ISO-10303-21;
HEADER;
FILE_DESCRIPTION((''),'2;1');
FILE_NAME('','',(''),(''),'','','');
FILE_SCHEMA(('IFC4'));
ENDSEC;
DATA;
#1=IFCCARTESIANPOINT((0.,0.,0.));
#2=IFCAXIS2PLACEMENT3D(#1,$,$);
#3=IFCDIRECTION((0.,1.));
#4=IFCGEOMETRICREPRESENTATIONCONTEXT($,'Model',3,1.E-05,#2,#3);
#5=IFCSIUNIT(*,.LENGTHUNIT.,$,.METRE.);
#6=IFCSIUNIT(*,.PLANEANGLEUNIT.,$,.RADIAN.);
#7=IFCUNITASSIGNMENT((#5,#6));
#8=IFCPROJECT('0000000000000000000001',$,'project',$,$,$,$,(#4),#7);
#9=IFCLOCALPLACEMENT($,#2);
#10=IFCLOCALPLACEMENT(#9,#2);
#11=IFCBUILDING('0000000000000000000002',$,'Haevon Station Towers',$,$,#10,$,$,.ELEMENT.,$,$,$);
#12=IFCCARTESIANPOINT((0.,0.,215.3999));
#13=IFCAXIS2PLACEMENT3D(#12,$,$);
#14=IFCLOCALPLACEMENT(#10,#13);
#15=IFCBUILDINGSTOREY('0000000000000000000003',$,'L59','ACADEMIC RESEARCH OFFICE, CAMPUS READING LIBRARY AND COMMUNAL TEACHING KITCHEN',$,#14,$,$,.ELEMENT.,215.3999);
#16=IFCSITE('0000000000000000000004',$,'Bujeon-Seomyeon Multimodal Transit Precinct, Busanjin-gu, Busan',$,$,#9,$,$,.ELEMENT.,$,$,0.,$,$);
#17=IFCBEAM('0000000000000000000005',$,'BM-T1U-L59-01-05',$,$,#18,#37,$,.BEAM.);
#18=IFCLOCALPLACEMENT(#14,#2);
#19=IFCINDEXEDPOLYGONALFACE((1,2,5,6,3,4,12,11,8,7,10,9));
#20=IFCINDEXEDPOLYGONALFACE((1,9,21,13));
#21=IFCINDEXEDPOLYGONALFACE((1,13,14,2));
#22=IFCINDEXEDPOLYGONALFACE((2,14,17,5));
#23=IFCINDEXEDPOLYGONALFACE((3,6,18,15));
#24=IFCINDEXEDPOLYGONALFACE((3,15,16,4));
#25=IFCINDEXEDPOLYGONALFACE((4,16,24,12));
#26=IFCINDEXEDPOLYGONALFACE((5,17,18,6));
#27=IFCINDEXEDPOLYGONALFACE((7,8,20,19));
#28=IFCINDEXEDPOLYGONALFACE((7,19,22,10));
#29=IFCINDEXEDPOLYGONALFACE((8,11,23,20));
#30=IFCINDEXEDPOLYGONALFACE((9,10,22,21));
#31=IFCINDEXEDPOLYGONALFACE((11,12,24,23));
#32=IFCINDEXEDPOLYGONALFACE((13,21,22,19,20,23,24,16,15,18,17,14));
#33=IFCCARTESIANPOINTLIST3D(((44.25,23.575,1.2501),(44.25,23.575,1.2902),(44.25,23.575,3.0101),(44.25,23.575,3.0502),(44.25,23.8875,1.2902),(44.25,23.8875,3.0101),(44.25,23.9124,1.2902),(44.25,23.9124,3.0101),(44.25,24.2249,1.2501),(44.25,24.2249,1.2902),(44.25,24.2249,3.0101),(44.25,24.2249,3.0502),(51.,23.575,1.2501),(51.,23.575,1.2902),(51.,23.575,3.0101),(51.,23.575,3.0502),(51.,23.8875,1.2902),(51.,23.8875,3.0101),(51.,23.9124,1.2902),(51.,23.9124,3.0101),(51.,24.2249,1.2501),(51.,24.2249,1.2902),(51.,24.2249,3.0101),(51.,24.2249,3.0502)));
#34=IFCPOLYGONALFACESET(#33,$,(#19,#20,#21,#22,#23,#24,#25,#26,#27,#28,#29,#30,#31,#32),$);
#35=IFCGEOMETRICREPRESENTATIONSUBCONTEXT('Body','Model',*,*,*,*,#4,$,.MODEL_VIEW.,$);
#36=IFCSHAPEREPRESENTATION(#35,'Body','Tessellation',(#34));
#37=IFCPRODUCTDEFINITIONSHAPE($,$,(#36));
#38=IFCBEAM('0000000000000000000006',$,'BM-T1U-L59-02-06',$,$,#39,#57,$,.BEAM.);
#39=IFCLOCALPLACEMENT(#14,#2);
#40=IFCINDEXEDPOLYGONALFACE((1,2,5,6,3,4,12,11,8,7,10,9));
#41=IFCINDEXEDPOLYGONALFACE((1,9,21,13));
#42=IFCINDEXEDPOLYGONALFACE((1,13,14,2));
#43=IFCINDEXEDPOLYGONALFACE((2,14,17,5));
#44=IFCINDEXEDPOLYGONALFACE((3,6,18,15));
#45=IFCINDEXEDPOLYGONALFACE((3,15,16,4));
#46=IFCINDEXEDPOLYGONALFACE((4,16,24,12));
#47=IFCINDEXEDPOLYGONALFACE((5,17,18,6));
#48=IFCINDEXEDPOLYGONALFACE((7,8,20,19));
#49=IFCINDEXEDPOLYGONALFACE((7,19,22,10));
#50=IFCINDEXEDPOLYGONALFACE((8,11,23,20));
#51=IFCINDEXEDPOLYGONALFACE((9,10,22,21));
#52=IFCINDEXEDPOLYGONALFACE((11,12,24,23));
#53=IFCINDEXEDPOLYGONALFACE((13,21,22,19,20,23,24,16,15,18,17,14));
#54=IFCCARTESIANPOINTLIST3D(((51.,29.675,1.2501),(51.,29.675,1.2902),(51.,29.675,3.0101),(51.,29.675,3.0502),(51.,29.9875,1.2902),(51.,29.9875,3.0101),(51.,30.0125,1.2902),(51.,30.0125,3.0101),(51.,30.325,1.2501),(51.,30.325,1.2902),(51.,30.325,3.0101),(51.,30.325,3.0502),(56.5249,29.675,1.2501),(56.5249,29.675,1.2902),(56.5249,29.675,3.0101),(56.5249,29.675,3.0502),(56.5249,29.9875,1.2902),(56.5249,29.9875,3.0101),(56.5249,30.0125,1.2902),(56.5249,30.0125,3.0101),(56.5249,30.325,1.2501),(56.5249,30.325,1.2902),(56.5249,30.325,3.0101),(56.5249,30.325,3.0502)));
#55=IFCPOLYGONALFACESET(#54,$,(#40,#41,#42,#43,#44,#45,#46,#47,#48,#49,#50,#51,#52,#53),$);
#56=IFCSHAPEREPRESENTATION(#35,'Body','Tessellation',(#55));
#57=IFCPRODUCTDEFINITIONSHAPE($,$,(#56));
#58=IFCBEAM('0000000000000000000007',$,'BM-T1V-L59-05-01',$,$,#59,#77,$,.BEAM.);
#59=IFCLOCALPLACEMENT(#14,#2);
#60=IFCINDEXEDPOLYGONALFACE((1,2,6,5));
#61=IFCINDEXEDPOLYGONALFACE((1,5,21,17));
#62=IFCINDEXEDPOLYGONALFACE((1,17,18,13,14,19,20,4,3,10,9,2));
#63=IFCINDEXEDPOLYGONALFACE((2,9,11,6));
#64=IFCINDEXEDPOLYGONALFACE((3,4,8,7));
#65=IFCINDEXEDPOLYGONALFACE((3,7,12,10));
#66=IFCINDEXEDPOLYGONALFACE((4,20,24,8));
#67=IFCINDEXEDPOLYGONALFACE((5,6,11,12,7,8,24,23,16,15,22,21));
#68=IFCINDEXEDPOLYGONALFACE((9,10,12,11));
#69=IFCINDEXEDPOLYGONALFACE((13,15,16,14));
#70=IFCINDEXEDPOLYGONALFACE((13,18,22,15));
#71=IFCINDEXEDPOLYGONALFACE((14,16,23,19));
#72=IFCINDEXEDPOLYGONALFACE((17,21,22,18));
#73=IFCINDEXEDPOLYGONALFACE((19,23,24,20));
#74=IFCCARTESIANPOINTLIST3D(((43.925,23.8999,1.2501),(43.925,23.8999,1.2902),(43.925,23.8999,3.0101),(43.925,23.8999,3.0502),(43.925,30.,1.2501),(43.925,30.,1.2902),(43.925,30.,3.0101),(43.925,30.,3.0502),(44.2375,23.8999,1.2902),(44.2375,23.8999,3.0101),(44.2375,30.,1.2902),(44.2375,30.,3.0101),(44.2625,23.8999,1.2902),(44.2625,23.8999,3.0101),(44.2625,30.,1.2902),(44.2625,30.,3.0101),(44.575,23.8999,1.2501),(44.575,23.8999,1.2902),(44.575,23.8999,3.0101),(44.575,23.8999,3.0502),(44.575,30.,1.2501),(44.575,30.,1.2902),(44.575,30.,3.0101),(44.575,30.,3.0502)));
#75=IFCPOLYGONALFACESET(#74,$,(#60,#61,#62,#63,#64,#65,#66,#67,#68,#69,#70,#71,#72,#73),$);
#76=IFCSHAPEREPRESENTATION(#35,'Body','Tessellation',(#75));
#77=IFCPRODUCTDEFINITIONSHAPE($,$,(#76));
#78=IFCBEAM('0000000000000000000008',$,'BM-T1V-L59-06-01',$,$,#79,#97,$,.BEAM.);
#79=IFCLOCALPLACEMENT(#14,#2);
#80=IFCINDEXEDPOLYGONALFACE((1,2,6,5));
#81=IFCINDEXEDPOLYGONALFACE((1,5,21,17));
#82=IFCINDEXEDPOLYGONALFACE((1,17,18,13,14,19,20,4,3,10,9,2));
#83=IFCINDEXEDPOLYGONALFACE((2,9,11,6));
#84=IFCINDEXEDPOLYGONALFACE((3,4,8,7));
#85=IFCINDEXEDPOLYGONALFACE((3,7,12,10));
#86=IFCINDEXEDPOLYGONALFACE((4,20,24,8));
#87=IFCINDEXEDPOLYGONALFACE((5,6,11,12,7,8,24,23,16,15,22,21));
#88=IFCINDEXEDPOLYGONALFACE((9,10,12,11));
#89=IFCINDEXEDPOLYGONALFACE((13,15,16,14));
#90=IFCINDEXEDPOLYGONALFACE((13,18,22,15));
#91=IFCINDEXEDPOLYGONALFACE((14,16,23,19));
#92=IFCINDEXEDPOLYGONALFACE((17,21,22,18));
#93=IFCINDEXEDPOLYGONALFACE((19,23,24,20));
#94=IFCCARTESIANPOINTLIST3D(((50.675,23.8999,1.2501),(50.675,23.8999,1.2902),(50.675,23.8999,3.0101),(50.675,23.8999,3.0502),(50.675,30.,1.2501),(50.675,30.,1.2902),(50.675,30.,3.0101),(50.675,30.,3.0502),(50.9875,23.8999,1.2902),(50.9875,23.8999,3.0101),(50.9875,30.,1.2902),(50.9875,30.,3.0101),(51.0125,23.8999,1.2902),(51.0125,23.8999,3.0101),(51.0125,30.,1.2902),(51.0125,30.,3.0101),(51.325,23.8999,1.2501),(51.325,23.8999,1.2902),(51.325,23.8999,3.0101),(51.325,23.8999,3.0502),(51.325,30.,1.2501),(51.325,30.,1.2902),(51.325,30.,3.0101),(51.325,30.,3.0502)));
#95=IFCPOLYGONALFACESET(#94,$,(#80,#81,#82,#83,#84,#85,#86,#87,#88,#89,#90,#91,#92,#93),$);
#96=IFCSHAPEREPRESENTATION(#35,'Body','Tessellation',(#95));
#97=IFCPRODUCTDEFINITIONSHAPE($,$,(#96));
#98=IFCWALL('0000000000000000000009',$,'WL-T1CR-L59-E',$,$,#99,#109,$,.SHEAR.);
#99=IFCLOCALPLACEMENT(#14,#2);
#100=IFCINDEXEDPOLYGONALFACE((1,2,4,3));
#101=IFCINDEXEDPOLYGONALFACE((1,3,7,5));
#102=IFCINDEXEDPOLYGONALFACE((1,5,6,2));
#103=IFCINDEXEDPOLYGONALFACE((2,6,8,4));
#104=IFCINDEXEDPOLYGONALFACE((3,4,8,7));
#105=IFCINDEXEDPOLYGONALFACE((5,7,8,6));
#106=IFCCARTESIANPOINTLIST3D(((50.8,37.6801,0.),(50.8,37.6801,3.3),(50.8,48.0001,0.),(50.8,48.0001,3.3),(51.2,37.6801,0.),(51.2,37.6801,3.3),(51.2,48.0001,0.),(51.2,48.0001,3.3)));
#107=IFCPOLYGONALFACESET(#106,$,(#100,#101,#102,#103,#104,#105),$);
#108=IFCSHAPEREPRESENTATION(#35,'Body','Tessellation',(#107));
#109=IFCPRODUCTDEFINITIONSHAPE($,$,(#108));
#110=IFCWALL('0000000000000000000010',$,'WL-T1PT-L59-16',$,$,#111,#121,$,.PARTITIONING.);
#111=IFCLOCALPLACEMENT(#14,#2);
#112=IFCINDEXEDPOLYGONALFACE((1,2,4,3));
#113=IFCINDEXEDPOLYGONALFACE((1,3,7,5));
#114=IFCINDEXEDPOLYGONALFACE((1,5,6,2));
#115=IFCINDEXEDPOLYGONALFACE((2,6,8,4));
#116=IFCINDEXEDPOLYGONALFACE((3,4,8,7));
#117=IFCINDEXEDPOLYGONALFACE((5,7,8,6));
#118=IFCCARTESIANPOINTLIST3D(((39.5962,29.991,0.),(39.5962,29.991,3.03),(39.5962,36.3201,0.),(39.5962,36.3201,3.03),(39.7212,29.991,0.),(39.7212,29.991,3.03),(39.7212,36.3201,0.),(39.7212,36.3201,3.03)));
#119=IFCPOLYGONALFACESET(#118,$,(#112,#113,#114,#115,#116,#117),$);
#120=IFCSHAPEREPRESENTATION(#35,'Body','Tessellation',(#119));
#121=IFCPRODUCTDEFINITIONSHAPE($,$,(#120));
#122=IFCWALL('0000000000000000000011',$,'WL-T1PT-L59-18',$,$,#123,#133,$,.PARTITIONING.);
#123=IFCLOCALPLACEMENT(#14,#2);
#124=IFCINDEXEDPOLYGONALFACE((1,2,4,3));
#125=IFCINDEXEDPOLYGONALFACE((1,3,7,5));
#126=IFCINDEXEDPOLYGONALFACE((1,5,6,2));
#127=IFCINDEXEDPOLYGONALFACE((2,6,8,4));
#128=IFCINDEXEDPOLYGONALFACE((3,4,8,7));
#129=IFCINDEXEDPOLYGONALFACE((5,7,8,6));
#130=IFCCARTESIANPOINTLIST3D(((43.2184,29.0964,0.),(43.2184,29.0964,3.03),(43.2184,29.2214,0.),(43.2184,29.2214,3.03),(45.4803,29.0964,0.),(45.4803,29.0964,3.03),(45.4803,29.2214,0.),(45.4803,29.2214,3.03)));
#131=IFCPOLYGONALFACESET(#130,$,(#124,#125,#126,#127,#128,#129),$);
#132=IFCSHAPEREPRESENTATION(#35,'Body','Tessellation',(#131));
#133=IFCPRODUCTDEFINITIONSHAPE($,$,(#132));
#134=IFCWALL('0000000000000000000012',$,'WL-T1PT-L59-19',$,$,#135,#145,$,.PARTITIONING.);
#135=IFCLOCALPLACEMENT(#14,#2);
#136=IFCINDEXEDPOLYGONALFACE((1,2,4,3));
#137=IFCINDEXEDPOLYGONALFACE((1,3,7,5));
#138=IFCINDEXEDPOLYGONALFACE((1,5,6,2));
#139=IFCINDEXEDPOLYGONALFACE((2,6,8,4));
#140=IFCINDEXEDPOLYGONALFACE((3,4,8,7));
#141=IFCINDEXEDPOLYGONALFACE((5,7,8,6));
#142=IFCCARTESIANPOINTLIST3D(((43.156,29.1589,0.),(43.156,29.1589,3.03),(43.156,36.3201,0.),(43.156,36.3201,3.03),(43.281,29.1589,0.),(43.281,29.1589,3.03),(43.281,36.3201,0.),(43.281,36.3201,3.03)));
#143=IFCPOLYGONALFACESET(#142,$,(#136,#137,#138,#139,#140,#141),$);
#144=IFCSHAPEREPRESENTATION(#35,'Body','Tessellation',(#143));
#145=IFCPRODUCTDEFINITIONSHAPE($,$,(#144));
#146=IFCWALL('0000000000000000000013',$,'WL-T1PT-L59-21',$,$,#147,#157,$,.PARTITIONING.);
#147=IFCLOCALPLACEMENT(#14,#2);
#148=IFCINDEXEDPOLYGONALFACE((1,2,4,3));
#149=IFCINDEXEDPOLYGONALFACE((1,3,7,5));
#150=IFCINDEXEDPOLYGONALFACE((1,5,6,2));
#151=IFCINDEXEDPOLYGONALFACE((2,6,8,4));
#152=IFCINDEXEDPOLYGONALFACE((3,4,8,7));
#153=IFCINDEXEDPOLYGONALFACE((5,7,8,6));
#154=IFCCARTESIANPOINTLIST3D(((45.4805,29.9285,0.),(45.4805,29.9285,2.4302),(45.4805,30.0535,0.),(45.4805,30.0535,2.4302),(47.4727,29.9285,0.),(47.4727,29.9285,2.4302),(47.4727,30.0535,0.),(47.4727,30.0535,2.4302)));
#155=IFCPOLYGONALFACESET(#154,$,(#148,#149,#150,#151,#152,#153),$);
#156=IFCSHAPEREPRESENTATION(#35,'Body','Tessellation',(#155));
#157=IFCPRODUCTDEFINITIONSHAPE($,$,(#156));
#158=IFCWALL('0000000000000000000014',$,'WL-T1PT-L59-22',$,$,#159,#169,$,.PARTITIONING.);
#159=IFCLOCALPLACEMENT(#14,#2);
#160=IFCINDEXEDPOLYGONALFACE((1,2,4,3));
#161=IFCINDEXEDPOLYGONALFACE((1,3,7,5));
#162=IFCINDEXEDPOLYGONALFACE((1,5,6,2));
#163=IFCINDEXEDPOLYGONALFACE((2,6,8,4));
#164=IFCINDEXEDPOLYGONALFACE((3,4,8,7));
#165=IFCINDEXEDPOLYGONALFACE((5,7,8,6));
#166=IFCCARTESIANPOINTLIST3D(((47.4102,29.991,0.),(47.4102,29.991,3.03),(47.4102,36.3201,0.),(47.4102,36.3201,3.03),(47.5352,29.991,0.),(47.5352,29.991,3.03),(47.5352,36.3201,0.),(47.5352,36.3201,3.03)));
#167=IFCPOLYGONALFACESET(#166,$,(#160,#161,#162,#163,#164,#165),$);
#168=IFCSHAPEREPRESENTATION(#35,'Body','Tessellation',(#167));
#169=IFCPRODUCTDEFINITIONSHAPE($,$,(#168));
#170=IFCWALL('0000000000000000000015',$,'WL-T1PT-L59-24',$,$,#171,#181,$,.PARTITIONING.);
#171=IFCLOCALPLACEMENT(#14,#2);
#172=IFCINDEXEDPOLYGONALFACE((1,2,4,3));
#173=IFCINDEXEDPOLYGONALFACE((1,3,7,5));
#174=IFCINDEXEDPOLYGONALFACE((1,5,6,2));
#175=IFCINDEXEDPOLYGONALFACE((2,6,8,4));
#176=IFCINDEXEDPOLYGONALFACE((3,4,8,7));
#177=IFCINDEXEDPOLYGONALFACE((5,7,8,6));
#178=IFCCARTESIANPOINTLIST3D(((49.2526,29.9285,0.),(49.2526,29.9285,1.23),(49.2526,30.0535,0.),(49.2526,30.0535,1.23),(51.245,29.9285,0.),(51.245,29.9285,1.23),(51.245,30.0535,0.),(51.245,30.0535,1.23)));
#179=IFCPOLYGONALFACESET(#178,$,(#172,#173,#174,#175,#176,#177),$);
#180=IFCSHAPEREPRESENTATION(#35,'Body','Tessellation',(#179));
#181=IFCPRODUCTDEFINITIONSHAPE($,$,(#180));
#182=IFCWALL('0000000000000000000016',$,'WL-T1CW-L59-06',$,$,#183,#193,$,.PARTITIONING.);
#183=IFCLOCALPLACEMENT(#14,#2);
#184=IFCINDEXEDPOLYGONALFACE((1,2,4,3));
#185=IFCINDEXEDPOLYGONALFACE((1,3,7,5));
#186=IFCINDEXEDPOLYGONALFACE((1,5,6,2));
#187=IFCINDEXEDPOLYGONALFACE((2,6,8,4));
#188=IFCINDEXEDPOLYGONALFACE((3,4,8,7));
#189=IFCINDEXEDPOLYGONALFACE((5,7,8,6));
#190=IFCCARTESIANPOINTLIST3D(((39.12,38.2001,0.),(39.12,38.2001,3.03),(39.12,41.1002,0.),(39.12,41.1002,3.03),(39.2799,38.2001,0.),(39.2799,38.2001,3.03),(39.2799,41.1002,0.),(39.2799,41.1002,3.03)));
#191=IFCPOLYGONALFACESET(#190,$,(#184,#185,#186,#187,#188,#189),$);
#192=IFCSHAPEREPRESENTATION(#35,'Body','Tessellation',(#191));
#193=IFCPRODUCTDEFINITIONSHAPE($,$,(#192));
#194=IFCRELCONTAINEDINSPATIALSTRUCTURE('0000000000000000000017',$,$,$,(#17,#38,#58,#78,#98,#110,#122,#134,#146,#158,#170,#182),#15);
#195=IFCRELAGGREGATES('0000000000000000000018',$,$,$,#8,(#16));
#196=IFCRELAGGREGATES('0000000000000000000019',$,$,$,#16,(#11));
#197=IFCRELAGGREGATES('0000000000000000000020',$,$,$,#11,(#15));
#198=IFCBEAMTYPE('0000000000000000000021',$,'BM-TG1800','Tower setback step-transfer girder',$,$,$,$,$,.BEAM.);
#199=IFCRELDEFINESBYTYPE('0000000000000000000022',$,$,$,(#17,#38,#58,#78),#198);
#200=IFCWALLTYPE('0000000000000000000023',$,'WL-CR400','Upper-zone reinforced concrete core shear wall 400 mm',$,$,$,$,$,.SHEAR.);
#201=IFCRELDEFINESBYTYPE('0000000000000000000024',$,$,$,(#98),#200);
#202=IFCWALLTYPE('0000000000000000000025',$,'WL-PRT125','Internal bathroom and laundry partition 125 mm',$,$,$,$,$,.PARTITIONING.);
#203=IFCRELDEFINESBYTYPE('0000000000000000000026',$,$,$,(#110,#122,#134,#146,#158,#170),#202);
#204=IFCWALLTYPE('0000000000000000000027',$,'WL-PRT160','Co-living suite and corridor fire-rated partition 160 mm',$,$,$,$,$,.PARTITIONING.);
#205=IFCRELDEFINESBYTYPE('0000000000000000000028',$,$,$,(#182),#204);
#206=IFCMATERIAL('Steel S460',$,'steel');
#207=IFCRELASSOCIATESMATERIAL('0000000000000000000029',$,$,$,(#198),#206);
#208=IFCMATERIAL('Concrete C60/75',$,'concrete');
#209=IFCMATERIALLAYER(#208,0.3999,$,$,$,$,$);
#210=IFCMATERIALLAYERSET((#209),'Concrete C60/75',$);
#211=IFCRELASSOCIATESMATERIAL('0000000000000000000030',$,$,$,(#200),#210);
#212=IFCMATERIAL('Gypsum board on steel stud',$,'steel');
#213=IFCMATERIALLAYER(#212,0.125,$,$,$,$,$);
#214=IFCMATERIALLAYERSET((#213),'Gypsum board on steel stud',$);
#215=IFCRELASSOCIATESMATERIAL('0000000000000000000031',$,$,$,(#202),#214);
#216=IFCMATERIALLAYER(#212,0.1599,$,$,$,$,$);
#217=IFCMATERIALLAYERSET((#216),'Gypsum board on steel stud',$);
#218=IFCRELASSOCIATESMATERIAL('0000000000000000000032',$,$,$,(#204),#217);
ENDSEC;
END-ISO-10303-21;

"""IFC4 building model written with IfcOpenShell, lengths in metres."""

from ifc_helpers import new_model, si_unit, direction, frame, frame_2d, origin, origin_2d, place, context, subcontext, project, spatial, rectangle, i_section, extrude, material, layer, layer_set, material_profile, profile_set, type_object, element, save


model = new_model("IFC4")

# Units and contexts
model_context = context("Model", 3, precision=1e-05, world=origin(), true_north=direction((0.0, 1.0)))
body_context = subcontext(model_context, "Body", "Model", "MODEL_VIEW")
ifc_project = project(units=[si_unit("LENGTHUNIT", "METRE"), si_unit("PLANEANGLEUNIT", "RADIAN")], contexts=[model_context])

# Site, building, storey
site_placement = place(None, origin())
site = spatial("IfcSite", under=ifc_project, at=site_placement, Name="Bujeon-Seomyeon Multimodal Transit Precinct, Busanjin-gu, Busan", CompositionType="ELEMENT", RefElevation=0.0)
building_placement = place(site_placement, origin())
building = spatial("IfcBuilding", under=site, at=building_placement, Name="Haevon Station Towers", CompositionType="ELEMENT")
storey_placement = place(building_placement, frame((0.0, 0.0, 215.3999)))
storey = spatial("IfcBuildingStorey", under=building, at=storey_placement, Name="L59", Description="ACADEMIC RESEARCH OFFICE, CAMPUS READING LIBRARY AND COMMUNAL TEACHING KITCHEN", CompositionType="ELEMENT", Elevation=215.3999)

# Beams
ifc_material_1 = material(Name="Steel S460", Category="steel")
ifc_material_profile_1 = material_profile(ifc_material_1, i_section(OverallWidth=0.6499, OverallDepth=1.8, WebThickness=0.0249, FlangeThickness=0.04, at=origin_2d()), Name="H-1800x650x25x40")
ifc_profile_set_1 = profile_set([ifc_material_profile_1], Name="Steel S460")
beam_type_1 = type_object("IfcBeamType", Name="BM-TG1800", Description="Tower setback step-transfer girder", PredefinedType="BEAM", material=ifc_profile_set_1)
beam_1_placement = place(storey_placement, frame((44.25, 23.8999, 2.1501), z_axis=(1.0, 0.0, 0.0), x_axis=(0.0, 1.0, 0.0)))
element("IfcBeam", 1, at=beam_1_placement, inside=storey, type_object=beam_type_1, Name="BM-T1U-L59-01-05", PredefinedType="BEAM", context=body_context, shape_type="SweptSolid", body=[
    extrude(i_section(OverallWidth=0.6499, OverallDepth=1.8, WebThickness=0.0249, FlangeThickness=0.04, at=origin_2d()), origin(), (0.0, 0.0, 1.0), 6.75),
])
beam_2_placement = place(storey_placement, frame((51.0, 30.0, 2.1501), z_axis=(1.0, 0.0, 0.0), x_axis=(0.0, 1.0, 0.0)))
element("IfcBeam", 2, at=beam_2_placement, inside=storey, type_object=beam_type_1, Name="BM-T1U-L59-02-06", PredefinedType="BEAM", context=body_context, shape_type="SweptSolid", body=[
    extrude(i_section(OverallWidth=0.6499, OverallDepth=1.8, WebThickness=0.0249, FlangeThickness=0.04, at=origin_2d()), origin(), (0.0, 0.0, 1.0), 5.5249),
])
for number, where, z_axis, x_axis, name in (
    (3, (44.25, 23.8999, 2.1501), (0.0, 1.0, 0.0), (-1.0, 0.0, 0.0), "BM-T1V-L59-05-01"),
    (4, (51.0, 23.8999, 2.1501), (0.0, 1.0, 0.0), (-1.0, 0.0, 0.0), "BM-T1V-L59-06-01"),
):
    element("IfcBeam", number, at=place(storey_placement, frame(where, z_axis=z_axis, x_axis=x_axis)), inside=storey, type_object=beam_type_1, Name=name, PredefinedType="BEAM", context=body_context, shape_type="SweptSolid", body=[
        extrude(i_section(OverallWidth=0.6499, OverallDepth=1.8, WebThickness=0.0249, FlangeThickness=0.04, at=origin_2d()), origin(), (0.0, 0.0, 1.0), 6.1001),
    ])

# Walls
ifc_material_2 = material(Name="Concrete C60/75", Category="concrete")
ifc_layer_1 = layer(ifc_material_2, 0.3999)
ifc_layer_set_1 = layer_set([ifc_layer_1], Name="Concrete C60/75")
wall_type_1 = type_object("IfcWallType", Name="WL-CR400", Description="Upper-zone reinforced concrete core shear wall 400 mm", PredefinedType="SHEAR", material=ifc_layer_set_1)
wall_1_placement = place(storey_placement, frame((51.0, 37.6799, 0.0), z_axis=(0.0, 0.0, 1.0), x_axis=(0.0, 1.0, 0.0)))
element("IfcWall", 5, at=wall_1_placement, inside=storey, type_object=wall_type_1, Name="WL-T1CR-L59-E", PredefinedType="SHEAR", context=body_context, shape_type="SweptSolid", body=[
    extrude(rectangle(XDim=10.3201, YDim=0.3999, at=frame_2d((5.1602, 0.0))), origin(), (0.0, 0.0, 1.0), 3.3),
])
ifc_material_3 = material(Name="Gypsum board on steel stud", Category="steel")
ifc_layer_2 = layer(ifc_material_3, 0.125)
ifc_layer_set_2 = layer_set([ifc_layer_2], Name="Gypsum board on steel stud")
wall_type_2 = type_object("IfcWallType", Name="WL-PRT125", Description="Internal bathroom and laundry partition 125 mm", PredefinedType="PARTITIONING", material=ifc_layer_set_2)
wall_2_placement = place(storey_placement, frame((39.6587, 29.991, 0.0), z_axis=(0.0, 0.0, 1.0), x_axis=(0.0, 1.0, 0.0)))
element("IfcWall", 6, at=wall_2_placement, inside=storey, type_object=wall_type_2, Name="WL-T1PT-L59-16", PredefinedType="PARTITIONING", context=body_context, shape_type="SweptSolid", body=[
    extrude(rectangle(XDim=6.3291, YDim=0.125, at=frame_2d((3.1646, 0.0))), origin(), (0.0, 0.0, 1.0), 3.03),
])
wall_3_placement = place(storey_placement, frame((43.2185, 29.1589, 0.0), z_axis=(0.0, 0.0, 1.0), x_axis=(1.0, 0.0, 0.0)))
element("IfcWall", 7, at=wall_3_placement, inside=storey, type_object=wall_type_2, Name="WL-T1PT-L59-18", PredefinedType="PARTITIONING", context=body_context, shape_type="SweptSolid", body=[
    extrude(rectangle(XDim=2.262, YDim=0.125, at=frame_2d((1.1309, 0.0))), origin(), (0.0, 0.0, 1.0), 3.03),
])
wall_4_placement = place(storey_placement, frame((43.2185, 29.1589, 0.0), z_axis=(0.0, 0.0, 1.0), x_axis=(0.0, 1.0, 0.0)))
element("IfcWall", 8, at=wall_4_placement, inside=storey, type_object=wall_type_2, Name="WL-T1PT-L59-19", PredefinedType="PARTITIONING", context=body_context, shape_type="SweptSolid", body=[
    extrude(rectangle(XDim=7.1611, YDim=0.125, at=frame_2d((3.5806, 0.0))), origin(), (0.0, 0.0, 1.0), 3.03),
])
wall_5_placement = place(storey_placement, frame((45.4805, 29.991, 0.0), z_axis=(0.0, 0.0, 1.0), x_axis=(1.0, 0.0, 0.0)))
element("IfcWall", 9, at=wall_5_placement, inside=storey, type_object=wall_type_2, Name="WL-T1PT-L59-21", PredefinedType="PARTITIONING", context=body_context, shape_type="SweptSolid", body=[
    extrude(rectangle(XDim=1.9922, YDim=0.125, at=frame_2d((0.9961, 0.0))), origin(), (0.0, 0.0, 1.0), 2.4302),
])
wall_6_placement = place(storey_placement, frame((47.4727, 29.991, 0.0), z_axis=(0.0, 0.0, 1.0), x_axis=(0.0, 1.0, 0.0)))
element("IfcWall", 10, at=wall_6_placement, inside=storey, type_object=wall_type_2, Name="WL-T1PT-L59-22", PredefinedType="PARTITIONING", context=body_context, shape_type="SweptSolid", body=[
    extrude(rectangle(XDim=6.3291, YDim=0.125, at=frame_2d((3.1646, 0.0))), origin(), (0.0, 0.0, 1.0), 3.03),
])
wall_7_placement = place(storey_placement, frame((49.2527, 29.991, 0.0), z_axis=(0.0, 0.0, 1.0), x_axis=(1.0, 0.0, 0.0)))
element("IfcWall", 11, at=wall_7_placement, inside=storey, type_object=wall_type_2, Name="WL-T1PT-L59-24", PredefinedType="PARTITIONING", context=body_context, shape_type="SweptSolid", body=[
    extrude(rectangle(XDim=1.9924, YDim=0.125, at=frame_2d((0.9961, 0.0))), origin(), (0.0, 0.0, 1.0), 1.23),
])
ifc_layer_3 = layer(ifc_material_3, 0.1599)
ifc_layer_set_3 = layer_set([ifc_layer_3], Name="Gypsum board on steel stud")
wall_type_3 = type_object("IfcWallType", Name="WL-PRT160", Description="Co-living suite and corridor fire-rated partition 160 mm", PredefinedType="PARTITIONING", material=ifc_layer_set_3)
for number, where, z_axis, x_axis, name in (
    (12, (39.2, 38.2, 0.0), (0.0, 0.0, 1.0), (0.0, 1.0, 0.0), "WL-T1CW-L59-06"),
):
    element("IfcWall", number, at=place(storey_placement, frame(where, z_axis=z_axis, x_axis=x_axis)), inside=storey, type_object=wall_type_3, Name=name, PredefinedType="PARTITIONING", context=body_context, shape_type="SweptSolid", body=[
        extrude(rectangle(XDim=2.9001, YDim=0.1599, at=frame_2d((1.4502, 0.0))), origin(), (0.0, 0.0, 1.0), 3.03),
    ])

save(model, "model.ifc")
